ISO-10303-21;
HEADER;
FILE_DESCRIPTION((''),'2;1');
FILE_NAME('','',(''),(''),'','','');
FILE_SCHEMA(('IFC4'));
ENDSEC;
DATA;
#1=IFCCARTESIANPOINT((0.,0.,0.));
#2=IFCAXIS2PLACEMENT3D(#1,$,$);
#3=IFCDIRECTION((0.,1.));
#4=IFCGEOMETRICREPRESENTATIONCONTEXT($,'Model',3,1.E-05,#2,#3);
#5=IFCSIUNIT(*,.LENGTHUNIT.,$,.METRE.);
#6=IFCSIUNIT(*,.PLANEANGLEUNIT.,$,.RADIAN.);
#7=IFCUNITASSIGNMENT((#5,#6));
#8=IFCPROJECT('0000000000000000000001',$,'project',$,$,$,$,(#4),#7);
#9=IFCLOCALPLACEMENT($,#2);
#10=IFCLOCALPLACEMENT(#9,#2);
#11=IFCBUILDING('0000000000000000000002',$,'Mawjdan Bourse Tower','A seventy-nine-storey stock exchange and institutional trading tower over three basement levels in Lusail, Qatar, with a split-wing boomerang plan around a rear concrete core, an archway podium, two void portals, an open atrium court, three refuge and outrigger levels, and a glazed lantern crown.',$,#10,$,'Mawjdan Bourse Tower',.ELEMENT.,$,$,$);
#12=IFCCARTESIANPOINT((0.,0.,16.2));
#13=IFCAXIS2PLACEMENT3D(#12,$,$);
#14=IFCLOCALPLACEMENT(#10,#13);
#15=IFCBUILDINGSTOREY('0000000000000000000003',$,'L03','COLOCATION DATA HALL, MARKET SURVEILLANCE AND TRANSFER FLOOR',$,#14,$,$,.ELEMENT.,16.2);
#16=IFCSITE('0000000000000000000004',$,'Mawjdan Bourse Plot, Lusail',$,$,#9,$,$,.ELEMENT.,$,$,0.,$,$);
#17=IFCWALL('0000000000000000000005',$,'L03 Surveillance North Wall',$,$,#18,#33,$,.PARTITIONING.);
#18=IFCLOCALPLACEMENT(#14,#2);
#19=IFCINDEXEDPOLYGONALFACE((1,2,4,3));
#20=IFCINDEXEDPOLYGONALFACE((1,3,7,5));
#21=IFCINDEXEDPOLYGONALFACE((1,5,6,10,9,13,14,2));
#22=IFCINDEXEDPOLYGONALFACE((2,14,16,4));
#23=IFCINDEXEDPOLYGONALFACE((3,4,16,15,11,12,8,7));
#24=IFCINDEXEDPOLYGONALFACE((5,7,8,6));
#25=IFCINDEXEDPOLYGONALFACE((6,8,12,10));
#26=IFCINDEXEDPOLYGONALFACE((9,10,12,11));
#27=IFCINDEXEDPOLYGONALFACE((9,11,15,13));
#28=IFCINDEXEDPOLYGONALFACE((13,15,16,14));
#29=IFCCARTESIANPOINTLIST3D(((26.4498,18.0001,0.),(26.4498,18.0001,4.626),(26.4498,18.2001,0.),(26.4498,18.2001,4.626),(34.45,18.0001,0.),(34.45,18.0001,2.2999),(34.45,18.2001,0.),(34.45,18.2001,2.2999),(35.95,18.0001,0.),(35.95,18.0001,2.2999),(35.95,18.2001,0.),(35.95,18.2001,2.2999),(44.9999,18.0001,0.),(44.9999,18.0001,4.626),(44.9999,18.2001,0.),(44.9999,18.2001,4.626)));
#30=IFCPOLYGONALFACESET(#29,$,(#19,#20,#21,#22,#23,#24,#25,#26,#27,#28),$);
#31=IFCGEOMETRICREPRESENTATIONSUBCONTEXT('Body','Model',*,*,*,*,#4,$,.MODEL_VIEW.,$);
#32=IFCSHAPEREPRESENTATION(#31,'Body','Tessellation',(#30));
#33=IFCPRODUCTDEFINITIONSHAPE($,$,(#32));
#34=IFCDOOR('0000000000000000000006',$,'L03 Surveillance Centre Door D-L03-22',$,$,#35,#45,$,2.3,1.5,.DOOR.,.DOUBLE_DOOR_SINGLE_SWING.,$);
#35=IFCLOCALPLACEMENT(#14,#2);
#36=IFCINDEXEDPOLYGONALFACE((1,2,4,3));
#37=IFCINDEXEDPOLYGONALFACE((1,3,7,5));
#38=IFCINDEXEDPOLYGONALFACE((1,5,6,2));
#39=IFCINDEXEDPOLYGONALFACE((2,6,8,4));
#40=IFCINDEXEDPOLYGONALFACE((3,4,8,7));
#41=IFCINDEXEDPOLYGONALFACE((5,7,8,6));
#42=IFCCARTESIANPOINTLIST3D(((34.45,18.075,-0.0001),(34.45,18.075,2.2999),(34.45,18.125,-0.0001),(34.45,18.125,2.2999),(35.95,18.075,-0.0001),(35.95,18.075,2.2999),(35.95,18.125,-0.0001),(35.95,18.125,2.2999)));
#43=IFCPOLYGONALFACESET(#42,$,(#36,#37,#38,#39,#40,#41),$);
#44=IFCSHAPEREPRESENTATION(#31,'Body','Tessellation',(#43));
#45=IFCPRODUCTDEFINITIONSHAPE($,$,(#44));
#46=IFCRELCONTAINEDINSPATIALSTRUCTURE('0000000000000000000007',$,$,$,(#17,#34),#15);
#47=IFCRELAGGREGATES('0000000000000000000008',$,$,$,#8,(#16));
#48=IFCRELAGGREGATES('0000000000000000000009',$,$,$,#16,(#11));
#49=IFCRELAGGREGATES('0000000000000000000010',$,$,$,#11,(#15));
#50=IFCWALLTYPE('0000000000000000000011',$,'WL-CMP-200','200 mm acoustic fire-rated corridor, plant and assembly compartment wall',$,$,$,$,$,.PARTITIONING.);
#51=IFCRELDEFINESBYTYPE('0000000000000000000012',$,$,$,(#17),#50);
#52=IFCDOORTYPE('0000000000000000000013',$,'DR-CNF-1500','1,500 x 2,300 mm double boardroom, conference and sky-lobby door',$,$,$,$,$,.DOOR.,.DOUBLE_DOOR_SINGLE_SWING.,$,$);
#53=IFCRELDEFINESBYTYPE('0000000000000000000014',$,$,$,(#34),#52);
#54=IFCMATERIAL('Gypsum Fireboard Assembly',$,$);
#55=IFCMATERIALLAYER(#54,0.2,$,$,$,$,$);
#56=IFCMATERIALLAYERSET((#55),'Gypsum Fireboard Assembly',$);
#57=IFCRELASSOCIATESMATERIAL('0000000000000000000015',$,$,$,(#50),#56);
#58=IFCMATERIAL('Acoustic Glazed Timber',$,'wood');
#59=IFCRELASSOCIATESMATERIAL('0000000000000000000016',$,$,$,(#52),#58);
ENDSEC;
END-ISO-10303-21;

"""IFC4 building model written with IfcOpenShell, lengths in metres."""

from ifc_helpers import new_model, si_unit, direction, frame, frame_2d, origin, place, context, subcontext, project, spatial, rectangle, extrude, material, layer, layer_set, type_object, element, fill, save


model = new_model("IFC4")

# Units and contexts
model_context = context("Model", 3, precision=1e-05, world=origin(), true_north=direction((0.0, 1.0)))
body_context = subcontext(model_context, "Body", "Model", "MODEL_VIEW")
ifc_project = project(units=[si_unit("LENGTHUNIT", "METRE"), si_unit("PLANEANGLEUNIT", "RADIAN")], contexts=[model_context])

# Site, building, storey
site_placement = place(None, origin())
site = spatial("IfcSite", under=ifc_project, at=site_placement, Name="Mawjdan Bourse Plot, Lusail", CompositionType="ELEMENT", RefElevation=0.0)
building_placement = place(site_placement, origin())
building = spatial("IfcBuilding", under=site, at=building_placement, Name="Mawjdan Bourse Tower", Description="A seventy-nine-storey stock exchange and institutional trading tower over three basement levels in Lusail, Qatar, with a split-wing boomerang plan around a rear concrete core, an archway podium, two void portals, an open atrium court, three refuge and outrigger levels, and a glazed lantern crown.", LongName="Mawjdan Bourse Tower", CompositionType="ELEMENT")
storey_placement = place(building_placement, frame((0.0, 0.0, 16.2)))
storey = spatial("IfcBuildingStorey", under=building, at=storey_placement, Name="L03", Description="COLOCATION DATA HALL, MARKET SURVEILLANCE AND TRANSFER FLOOR", CompositionType="ELEMENT", Elevation=16.2)

# Shared definitions
ifc_material_1 = material(Name="Gypsum Fireboard Assembly")
ifc_layer = layer(ifc_material_1, 0.2)
ifc_layer_set = layer_set([ifc_layer], Name="Gypsum Fireboard Assembly")
wall_type = type_object("IfcWallType", Name="WL-CMP-200", Description="200 mm acoustic fire-rated corridor, plant and assembly compartment wall", PredefinedType="PARTITIONING", material=ifc_layer_set)

# Wall, opening, door
wall_1_placement = place(storey_placement, frame((26.45, 18.1001, 0.0), z_axis=(0.0, 0.0, 1.0), x_axis=(1.0, 0.0, 0.0)))
wall_1 = element("IfcWall", 1, at=wall_1_placement, inside=storey, type_object=wall_type, Name="L03 Surveillance North Wall", PredefinedType="PARTITIONING", context=body_context, shape_type="SweptSolid", body=[
    extrude(rectangle(XDim=18.55, YDim=0.2, at=frame_2d((9.2749, 0.0))), origin(), (0.0, 0.0, 1.0), 4.626),
])
opening_1_placement = place(wall_1_placement, frame((8.0, 0.0, 0.0)))
opening_1 = element("IfcOpeningElement", 2, at=opening_1_placement, cuts=wall_1, PredefinedType="OPENING", context=body_context, shape_type="SweptSolid", body=[
    extrude(rectangle(XDim=1.5, YDim=2.3, at=frame_2d((0.75, 1.1499))), frame((0.0, 0.1099, 0.0), z_axis=(0.0, -1.0, 0.0), x_axis=(1.0, 0.0, 0.0)), (0.0, 0.0, 1.0), 0.22),
])
ifc_material_2 = material(Name="Acoustic Glazed Timber", Category="wood")
door_type_1 = type_object("IfcDoorType", Name="DR-CNF-1500", Description="1,500 x 2,300 mm double boardroom, conference and sky-lobby door", OperationType="DOUBLE_DOOR_SINGLE_SWING", PredefinedType="DOOR", material=ifc_material_2)
door_1_placement = place(opening_1_placement, origin())
door_1 = element("IfcDoor", 3, at=door_1_placement, inside=storey, type_object=door_type_1, Name="L03 Surveillance Centre Door D-L03-22", OperationType="DOUBLE_DOOR_SINGLE_SWING", OverallHeight=2.3, OverallWidth=1.5, PredefinedType="DOOR", context=body_context, shape_type="SweptSolid", body=[
    extrude(rectangle(XDim=1.5, YDim=2.3, at=frame_2d((0.75, 1.1499))), frame((0.0, 0.0249, 0.0), z_axis=(0.0, -1.0, 0.0), x_axis=(1.0, 0.0, 0.0)), (0.0, 0.0, 1.0), 0.05),
])
fill(opening_1, door_1)

save(model, "model.ifc")
